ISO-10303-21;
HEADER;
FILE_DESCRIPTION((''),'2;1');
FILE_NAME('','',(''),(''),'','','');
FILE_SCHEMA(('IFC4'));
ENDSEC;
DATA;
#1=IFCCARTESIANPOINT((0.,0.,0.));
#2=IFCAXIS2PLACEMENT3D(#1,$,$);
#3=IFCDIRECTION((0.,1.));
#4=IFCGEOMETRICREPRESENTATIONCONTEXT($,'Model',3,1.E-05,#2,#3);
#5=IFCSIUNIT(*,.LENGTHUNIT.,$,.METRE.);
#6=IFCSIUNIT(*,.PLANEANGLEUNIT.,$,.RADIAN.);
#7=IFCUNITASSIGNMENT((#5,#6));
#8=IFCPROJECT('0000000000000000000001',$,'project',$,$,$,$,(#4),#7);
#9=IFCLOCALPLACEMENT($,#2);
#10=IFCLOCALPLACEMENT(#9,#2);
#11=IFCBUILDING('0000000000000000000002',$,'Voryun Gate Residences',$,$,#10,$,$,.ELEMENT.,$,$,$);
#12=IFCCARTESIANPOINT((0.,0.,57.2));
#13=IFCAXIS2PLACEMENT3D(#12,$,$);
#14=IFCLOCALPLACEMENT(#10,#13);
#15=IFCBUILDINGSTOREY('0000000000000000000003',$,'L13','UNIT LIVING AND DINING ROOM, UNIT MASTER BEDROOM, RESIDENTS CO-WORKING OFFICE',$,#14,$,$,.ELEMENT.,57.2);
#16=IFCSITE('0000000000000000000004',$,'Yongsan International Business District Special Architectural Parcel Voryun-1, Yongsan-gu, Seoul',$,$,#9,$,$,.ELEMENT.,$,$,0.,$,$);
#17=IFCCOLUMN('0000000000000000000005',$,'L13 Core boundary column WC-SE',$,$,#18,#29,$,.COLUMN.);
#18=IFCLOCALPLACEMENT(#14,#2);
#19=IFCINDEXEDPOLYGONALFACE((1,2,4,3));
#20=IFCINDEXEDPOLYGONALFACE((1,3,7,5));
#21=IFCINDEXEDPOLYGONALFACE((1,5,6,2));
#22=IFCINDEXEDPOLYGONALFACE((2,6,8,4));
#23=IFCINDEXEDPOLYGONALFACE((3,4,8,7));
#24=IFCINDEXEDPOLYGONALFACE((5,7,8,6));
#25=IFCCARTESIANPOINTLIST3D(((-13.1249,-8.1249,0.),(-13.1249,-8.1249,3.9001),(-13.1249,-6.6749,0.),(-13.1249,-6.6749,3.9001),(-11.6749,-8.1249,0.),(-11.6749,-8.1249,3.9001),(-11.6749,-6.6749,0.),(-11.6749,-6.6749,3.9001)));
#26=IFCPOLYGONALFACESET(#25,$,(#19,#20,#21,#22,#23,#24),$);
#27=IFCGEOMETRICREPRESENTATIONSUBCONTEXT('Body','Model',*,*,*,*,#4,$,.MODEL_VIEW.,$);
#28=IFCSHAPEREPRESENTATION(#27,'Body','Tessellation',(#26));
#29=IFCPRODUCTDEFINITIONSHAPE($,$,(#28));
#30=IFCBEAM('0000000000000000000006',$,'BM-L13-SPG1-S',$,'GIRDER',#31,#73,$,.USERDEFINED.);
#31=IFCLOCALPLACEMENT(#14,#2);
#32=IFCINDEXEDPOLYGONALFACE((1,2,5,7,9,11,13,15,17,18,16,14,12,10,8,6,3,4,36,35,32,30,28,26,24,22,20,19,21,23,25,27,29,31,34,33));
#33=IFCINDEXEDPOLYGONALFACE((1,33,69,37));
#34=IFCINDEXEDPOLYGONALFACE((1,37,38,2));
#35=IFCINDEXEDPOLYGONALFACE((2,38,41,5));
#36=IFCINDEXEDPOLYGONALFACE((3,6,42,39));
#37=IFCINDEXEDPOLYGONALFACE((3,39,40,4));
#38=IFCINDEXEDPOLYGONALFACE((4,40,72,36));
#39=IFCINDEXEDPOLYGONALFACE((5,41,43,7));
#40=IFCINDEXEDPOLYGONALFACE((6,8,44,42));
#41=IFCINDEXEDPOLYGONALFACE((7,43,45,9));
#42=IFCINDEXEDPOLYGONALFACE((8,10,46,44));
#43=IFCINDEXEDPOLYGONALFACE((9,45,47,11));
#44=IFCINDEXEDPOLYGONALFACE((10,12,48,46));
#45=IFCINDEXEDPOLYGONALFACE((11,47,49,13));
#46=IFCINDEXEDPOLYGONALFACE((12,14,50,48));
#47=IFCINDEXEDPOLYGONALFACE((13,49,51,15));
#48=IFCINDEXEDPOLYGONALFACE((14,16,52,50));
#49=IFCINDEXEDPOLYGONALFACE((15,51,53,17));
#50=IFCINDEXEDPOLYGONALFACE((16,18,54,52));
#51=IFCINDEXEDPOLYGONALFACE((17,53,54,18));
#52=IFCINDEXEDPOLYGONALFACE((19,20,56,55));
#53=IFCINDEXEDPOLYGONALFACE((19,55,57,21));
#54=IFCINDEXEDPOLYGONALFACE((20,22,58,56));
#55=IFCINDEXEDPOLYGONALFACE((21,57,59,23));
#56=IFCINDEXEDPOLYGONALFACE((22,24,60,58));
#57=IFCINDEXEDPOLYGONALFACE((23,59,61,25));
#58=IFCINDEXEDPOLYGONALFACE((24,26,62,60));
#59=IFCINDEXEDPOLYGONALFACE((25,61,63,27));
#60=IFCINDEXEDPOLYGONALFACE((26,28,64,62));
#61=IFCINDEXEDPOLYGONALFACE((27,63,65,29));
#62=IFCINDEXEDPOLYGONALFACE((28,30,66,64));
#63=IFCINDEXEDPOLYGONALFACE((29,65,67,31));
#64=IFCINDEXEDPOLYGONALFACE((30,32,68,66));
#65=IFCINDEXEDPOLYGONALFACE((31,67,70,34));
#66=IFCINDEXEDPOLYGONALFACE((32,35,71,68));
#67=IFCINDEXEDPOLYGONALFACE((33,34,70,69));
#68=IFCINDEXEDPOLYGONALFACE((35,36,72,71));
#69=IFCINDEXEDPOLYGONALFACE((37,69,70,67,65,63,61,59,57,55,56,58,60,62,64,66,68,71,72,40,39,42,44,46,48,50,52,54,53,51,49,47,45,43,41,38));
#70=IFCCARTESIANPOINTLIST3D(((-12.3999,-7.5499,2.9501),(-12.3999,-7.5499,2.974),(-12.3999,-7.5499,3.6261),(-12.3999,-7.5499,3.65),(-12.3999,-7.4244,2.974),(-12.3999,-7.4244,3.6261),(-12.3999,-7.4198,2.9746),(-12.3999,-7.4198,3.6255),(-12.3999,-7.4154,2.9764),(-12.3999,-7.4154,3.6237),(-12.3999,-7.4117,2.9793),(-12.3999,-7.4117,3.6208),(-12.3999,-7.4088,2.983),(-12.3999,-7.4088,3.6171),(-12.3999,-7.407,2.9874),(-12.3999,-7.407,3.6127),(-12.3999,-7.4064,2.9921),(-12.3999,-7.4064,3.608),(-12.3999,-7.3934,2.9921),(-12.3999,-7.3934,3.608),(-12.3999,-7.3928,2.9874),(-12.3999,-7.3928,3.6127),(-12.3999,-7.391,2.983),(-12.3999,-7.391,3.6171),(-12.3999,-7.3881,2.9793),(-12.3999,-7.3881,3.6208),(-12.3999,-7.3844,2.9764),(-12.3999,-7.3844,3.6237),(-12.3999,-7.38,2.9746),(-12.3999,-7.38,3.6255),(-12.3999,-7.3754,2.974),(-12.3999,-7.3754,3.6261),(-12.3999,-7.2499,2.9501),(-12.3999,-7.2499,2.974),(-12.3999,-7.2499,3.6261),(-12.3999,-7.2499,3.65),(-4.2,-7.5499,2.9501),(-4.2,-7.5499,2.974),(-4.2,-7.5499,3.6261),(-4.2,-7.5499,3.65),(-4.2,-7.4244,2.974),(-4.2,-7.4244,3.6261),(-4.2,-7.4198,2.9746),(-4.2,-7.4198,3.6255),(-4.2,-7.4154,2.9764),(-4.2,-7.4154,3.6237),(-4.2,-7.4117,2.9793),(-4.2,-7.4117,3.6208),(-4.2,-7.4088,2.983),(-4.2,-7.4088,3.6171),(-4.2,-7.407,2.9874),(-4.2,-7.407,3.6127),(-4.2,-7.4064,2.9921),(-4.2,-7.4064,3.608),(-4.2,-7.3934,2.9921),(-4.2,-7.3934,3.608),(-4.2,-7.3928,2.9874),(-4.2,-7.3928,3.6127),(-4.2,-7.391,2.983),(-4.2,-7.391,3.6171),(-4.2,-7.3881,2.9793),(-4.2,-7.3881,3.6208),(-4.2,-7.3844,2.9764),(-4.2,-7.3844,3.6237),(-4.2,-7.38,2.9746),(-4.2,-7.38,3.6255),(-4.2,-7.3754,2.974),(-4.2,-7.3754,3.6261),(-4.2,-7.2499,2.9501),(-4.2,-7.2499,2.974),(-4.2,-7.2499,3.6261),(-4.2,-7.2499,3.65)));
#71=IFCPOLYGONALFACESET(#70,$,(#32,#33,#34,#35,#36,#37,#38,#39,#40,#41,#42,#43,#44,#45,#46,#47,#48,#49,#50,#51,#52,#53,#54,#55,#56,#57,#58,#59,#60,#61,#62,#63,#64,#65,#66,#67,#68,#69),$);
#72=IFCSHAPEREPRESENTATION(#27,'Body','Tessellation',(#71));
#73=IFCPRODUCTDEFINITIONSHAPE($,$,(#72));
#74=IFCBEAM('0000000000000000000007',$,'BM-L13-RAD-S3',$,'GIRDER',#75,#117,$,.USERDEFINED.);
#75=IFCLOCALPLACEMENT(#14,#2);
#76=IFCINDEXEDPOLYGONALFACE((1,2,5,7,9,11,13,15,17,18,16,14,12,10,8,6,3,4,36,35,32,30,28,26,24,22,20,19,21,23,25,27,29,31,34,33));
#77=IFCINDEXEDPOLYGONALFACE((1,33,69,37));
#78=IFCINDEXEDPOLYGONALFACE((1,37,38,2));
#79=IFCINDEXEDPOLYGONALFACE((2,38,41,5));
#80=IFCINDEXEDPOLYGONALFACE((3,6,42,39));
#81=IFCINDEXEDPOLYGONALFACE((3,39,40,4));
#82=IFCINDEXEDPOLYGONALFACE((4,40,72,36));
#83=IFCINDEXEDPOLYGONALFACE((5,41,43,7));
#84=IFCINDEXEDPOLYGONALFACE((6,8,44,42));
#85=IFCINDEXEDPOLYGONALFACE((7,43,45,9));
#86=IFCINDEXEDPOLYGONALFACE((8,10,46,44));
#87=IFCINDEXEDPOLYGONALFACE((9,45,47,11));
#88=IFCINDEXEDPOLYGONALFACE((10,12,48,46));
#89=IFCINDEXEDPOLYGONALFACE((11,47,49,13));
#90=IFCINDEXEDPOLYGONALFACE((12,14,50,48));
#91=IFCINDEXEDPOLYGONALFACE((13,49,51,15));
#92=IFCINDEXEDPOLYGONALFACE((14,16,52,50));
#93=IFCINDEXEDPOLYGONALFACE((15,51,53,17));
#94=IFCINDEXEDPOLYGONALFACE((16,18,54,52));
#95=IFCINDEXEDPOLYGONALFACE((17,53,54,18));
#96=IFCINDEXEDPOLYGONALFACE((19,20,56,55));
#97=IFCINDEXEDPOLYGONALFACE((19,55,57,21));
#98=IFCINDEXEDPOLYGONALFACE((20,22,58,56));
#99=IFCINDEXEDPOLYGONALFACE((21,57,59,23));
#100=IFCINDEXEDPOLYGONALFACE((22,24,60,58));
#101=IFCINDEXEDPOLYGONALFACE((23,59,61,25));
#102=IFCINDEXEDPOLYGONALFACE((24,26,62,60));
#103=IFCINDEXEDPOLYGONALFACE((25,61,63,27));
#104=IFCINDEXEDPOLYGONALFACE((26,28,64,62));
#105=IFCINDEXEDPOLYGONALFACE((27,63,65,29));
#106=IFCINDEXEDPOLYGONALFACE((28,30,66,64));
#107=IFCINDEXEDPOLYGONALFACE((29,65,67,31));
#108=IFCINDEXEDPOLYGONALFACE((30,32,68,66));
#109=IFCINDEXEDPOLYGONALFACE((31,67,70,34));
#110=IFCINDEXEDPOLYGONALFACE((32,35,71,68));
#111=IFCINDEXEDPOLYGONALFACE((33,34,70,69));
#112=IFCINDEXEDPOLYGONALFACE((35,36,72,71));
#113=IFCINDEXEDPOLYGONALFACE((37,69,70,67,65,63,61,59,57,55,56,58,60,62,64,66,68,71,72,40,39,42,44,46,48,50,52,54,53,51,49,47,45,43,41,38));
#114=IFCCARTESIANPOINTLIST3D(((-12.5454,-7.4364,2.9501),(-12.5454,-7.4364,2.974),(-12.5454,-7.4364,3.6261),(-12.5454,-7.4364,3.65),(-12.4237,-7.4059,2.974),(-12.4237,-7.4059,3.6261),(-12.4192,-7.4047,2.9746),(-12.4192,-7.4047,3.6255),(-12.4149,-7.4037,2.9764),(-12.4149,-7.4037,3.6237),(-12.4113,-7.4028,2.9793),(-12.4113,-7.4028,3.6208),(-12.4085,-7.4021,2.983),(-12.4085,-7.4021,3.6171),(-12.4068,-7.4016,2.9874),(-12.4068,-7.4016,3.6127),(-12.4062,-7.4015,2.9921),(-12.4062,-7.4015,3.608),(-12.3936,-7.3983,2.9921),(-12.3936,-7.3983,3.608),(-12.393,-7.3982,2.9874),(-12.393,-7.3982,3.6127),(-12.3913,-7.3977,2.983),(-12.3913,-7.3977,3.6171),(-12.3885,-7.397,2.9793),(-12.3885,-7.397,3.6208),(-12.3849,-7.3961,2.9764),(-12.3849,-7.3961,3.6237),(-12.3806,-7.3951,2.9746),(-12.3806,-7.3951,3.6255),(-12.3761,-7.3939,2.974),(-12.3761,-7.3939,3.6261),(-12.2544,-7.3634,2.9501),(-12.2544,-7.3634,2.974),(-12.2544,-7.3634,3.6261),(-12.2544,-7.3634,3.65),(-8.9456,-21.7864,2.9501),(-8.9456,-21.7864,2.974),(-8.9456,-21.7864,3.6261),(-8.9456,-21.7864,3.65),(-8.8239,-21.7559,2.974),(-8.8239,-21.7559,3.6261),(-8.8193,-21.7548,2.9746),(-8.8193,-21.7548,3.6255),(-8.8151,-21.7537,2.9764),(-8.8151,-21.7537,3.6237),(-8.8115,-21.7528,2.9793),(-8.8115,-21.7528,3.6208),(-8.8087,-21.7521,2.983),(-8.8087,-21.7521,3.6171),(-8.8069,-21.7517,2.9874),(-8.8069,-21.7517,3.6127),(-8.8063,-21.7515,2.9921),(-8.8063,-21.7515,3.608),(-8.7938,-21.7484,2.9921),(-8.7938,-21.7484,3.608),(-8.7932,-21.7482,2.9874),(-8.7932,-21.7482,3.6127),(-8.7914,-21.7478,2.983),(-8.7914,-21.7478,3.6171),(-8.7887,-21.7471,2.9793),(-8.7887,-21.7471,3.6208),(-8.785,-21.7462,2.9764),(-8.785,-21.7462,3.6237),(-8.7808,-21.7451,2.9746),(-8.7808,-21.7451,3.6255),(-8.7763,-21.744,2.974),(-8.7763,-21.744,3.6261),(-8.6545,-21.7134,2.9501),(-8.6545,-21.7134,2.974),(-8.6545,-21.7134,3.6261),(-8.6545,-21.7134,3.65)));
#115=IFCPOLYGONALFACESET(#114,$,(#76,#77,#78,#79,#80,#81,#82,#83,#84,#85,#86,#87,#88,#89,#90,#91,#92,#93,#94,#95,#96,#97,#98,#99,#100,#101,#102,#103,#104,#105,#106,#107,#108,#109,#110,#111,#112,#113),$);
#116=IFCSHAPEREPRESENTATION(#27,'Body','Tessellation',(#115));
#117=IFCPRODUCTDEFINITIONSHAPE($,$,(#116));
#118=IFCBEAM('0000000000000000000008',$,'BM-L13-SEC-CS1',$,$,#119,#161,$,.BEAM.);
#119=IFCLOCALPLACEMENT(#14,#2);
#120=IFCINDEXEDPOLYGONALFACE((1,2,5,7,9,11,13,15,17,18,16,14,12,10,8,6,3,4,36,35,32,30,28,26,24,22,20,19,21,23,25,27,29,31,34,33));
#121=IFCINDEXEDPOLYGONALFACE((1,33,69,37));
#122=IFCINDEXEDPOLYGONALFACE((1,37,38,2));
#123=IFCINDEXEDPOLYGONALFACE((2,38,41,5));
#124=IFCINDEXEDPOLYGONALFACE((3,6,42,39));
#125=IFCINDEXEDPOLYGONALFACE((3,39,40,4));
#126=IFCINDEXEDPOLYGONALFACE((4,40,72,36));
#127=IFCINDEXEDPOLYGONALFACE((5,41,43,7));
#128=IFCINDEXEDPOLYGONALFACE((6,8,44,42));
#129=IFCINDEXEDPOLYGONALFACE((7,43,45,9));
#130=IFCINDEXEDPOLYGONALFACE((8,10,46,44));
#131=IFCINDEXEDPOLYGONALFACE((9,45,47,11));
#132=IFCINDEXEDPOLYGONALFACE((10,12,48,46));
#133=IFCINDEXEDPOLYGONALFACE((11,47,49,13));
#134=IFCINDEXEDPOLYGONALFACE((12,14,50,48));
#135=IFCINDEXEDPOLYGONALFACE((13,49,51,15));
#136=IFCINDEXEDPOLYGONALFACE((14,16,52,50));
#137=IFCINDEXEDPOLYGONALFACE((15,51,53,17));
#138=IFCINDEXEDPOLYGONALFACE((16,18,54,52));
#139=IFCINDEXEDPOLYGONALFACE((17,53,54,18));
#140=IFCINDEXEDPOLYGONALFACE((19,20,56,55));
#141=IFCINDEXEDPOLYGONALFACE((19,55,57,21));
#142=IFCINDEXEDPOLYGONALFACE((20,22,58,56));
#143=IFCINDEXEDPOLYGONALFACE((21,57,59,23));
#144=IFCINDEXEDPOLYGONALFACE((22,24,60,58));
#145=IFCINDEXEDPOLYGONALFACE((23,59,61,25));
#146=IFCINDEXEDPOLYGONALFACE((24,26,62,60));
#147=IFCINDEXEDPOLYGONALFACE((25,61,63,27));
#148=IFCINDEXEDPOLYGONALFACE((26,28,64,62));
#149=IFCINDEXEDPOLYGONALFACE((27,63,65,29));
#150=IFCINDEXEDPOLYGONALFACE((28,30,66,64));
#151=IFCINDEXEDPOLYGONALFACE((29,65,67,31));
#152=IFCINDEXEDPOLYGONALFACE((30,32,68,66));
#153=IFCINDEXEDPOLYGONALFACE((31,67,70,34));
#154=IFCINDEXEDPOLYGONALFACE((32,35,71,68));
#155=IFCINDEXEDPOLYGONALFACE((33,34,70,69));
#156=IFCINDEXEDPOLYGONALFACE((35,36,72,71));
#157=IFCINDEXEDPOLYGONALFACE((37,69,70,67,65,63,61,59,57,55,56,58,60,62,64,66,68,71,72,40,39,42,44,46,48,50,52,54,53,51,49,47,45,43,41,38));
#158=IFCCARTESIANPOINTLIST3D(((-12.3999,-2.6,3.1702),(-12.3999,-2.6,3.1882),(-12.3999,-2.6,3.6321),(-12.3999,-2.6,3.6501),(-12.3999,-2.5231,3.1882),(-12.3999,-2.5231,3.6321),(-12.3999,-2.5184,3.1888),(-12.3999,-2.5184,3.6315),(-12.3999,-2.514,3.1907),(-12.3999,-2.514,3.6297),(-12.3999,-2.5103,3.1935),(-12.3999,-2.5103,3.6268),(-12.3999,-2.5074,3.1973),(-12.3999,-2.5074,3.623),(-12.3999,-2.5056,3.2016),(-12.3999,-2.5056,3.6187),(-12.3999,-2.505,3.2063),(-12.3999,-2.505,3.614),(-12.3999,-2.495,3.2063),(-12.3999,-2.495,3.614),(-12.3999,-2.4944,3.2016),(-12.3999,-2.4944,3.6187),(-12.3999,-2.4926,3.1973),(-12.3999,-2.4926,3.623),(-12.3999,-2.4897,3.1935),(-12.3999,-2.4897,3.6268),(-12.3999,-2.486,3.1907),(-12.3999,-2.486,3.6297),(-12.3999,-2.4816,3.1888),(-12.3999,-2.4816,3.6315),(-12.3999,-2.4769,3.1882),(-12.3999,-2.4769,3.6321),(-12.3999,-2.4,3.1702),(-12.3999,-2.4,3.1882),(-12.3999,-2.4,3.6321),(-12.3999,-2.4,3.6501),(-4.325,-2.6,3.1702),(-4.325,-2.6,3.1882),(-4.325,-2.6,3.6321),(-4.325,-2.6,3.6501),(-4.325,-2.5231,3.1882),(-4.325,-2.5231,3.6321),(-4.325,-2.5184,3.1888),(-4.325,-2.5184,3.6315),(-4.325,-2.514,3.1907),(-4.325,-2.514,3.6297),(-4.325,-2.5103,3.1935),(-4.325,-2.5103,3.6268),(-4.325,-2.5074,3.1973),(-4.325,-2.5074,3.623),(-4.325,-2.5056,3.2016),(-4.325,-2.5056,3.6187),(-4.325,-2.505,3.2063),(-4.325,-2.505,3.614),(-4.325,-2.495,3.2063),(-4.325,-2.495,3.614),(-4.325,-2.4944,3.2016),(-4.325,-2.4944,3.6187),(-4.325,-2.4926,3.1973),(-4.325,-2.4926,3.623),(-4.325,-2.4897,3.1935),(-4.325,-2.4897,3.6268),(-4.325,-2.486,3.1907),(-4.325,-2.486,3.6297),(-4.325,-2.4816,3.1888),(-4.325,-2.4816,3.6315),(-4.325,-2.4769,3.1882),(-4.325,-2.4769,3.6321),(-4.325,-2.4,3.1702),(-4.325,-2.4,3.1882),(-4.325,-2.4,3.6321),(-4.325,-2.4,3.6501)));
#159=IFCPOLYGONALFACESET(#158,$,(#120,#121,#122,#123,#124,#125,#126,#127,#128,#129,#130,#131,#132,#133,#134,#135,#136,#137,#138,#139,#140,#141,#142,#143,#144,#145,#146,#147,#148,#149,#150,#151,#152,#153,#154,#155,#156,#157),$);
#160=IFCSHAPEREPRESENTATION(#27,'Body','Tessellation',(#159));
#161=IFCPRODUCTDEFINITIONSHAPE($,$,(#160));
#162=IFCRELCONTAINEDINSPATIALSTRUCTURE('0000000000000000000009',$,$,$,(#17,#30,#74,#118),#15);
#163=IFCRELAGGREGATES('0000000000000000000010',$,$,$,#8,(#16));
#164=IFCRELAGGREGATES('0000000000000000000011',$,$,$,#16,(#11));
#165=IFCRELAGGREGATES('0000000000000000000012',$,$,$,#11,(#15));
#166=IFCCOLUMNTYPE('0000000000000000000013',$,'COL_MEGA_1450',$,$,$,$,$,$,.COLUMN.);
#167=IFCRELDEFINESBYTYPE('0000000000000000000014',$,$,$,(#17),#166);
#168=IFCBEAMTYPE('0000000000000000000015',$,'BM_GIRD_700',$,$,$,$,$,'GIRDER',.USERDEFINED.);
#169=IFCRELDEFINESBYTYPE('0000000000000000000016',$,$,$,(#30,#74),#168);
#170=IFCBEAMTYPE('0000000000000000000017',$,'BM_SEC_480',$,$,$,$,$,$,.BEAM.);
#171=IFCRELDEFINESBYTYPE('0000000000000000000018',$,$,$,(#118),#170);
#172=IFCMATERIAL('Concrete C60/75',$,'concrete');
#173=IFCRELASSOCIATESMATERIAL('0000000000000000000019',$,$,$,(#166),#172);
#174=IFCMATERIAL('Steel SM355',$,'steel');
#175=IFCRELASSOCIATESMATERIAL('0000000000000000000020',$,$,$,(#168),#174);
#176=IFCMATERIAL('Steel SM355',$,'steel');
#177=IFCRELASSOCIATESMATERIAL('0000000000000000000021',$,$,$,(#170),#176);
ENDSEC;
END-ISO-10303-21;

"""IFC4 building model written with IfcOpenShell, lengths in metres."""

from ifc_helpers import new_model, si_unit, direction, frame, origin, origin_2d, place, context, subcontext, project, spatial, rectangle, i_section, extrude, material, material_profile, profile_set, type_object, element, save


model = new_model("IFC4")

# Units and contexts
model_context = context("Model", 3, precision=1e-05, world=origin(), true_north=direction((0.0, 1.0)))
body_context = subcontext(model_context, "Body", "Model", "MODEL_VIEW")
ifc_project = project(units=[si_unit("LENGTHUNIT", "METRE"), si_unit("PLANEANGLEUNIT", "RADIAN")], contexts=[model_context])

# Site, building, storey
site_placement = place(None, origin())
site = spatial("IfcSite", under=ifc_project, at=site_placement, Name="Yongsan International Business District Special Architectural Parcel Voryun-1, Yongsan-gu, Seoul", CompositionType="ELEMENT", RefElevation=0.0)
building_placement = place(site_placement, origin())
building = spatial("IfcBuilding", under=site, at=building_placement, Name="Voryun Gate Residences", CompositionType="ELEMENT")
storey_placement = place(building_placement, frame((0.0, 0.0, 57.2)))
storey = spatial("IfcBuildingStorey", under=building, at=storey_placement, Name="L13", Description="UNIT LIVING AND DINING ROOM, UNIT MASTER BEDROOM, RESIDENTS CO-WORKING OFFICE", CompositionType="ELEMENT", Elevation=57.2)

# Column
ifc_material_1 = material(Name="Concrete C60/75", Category="concrete")
ifc_material_profile_1 = material_profile(ifc_material_1, rectangle(XDim=1.45, YDim=1.45, at=origin_2d()), Name="RC-1450x1450")
ifc_profile_set_1 = profile_set([ifc_material_profile_1], Name="Concrete C60/75")
column_type = type_object("IfcColumnType", Name="COL_MEGA_1450", PredefinedType="COLUMN", material=ifc_profile_set_1)
column_placement = place(storey_placement, frame((-12.3999, -7.3999, 0.0), z_axis=(0.0, 0.0, 1.0), x_axis=(1.0, 0.0, 0.0)))
element("IfcColumn", 1, at=column_placement, inside=storey, type_object=column_type, Name="L13 Core boundary column WC-SE", PredefinedType="COLUMN", context=body_context, shape_type="SweptSolid", body=[
    extrude(rectangle(XDim=1.45, YDim=1.45, at=origin_2d()), origin(), (0.0, 0.0, 1.0), 3.9001),
])

# Beams
ifc_material_2 = material(Name="Steel SM355", Category="steel")
ifc_material_profile_2 = material_profile(ifc_material_2, i_section(OverallWidth=0.3, OverallDepth=0.7, WebThickness=0.0129, FlangeThickness=0.0239, FilletRadius=0.0181, at=origin_2d()), Name="H-700x300x13x24")
ifc_profile_set_2 = profile_set([ifc_material_profile_2], Name="Steel SM355")
beam_type_1 = type_object("IfcBeamType", Name="BM_GIRD_700", ElementType="GIRDER", PredefinedType="USERDEFINED", material=ifc_profile_set_2)
beam_1_placement = place(storey_placement, frame((-12.3999, -7.3999, 3.3), z_axis=(1.0, 0.0, 0.0), x_axis=(0.0, 1.0, 0.0)))
element("IfcBeam", 2, at=beam_1_placement, inside=storey, type_object=beam_type_1, Name="BM-L13-SPG1-S", ObjectType="GIRDER", PredefinedType="USERDEFINED", context=body_context, shape_type="SweptSolid", body=[
    extrude(i_section(OverallWidth=0.3, OverallDepth=0.7, WebThickness=0.0129, FlangeThickness=0.0239, FilletRadius=0.0181, at=origin_2d()), origin(), (0.0, 0.0, 1.0), 8.2),
])
beam_2_placement = place(storey_placement, frame((-12.3999, -7.3999, 3.3), z_axis=(0.24332, -0.969946, 0.0), x_axis=(0.969946, 0.24332, 0.0)))
element("IfcBeam", 3, at=beam_2_placement, inside=storey, type_object=beam_type_1, Name="BM-L13-RAD-S3", ObjectType="GIRDER", PredefinedType="USERDEFINED", context=body_context, shape_type="SweptSolid", body=[
    extrude(i_section(OverallWidth=0.3, OverallDepth=0.7, WebThickness=0.0129, FlangeThickness=0.0239, FilletRadius=0.0181, at=origin_2d()), origin(), (0.0, 0.0, 1.0), 14.7947),
])
ifc_material_3 = material(Name="Steel SM355", Category="steel")
ifc_material_profile_3 = material_profile(ifc_material_3, i_section(OverallWidth=0.2, OverallDepth=0.48, WebThickness=0.01, FlangeThickness=0.0181, FilletRadius=0.0181, at=origin_2d()), Name="H-480x200x10x18")
ifc_profile_set_3 = profile_set([ifc_material_profile_3], Name="Steel SM355")
beam_type_2 = type_object("IfcBeamType", Name="BM_SEC_480", PredefinedType="BEAM", material=ifc_profile_set_3)
beam_3_placement = place(storey_placement, frame((-12.3999, -2.5, 3.4102), z_axis=(1.0, 0.0, 0.0), x_axis=(0.0, 1.0, 0.0)))
element("IfcBeam", 4, at=beam_3_placement, inside=storey, type_object=beam_type_2, Name="BM-L13-SEC-CS1", PredefinedType="BEAM", context=body_context, shape_type="SweptSolid", body=[
    extrude(i_section(OverallWidth=0.2, OverallDepth=0.48, WebThickness=0.01, FlangeThickness=0.0181, FilletRadius=0.0181, at=origin_2d()), origin(), (0.0, 0.0, 1.0), 8.075),
])

save(model, "model.ifc")
